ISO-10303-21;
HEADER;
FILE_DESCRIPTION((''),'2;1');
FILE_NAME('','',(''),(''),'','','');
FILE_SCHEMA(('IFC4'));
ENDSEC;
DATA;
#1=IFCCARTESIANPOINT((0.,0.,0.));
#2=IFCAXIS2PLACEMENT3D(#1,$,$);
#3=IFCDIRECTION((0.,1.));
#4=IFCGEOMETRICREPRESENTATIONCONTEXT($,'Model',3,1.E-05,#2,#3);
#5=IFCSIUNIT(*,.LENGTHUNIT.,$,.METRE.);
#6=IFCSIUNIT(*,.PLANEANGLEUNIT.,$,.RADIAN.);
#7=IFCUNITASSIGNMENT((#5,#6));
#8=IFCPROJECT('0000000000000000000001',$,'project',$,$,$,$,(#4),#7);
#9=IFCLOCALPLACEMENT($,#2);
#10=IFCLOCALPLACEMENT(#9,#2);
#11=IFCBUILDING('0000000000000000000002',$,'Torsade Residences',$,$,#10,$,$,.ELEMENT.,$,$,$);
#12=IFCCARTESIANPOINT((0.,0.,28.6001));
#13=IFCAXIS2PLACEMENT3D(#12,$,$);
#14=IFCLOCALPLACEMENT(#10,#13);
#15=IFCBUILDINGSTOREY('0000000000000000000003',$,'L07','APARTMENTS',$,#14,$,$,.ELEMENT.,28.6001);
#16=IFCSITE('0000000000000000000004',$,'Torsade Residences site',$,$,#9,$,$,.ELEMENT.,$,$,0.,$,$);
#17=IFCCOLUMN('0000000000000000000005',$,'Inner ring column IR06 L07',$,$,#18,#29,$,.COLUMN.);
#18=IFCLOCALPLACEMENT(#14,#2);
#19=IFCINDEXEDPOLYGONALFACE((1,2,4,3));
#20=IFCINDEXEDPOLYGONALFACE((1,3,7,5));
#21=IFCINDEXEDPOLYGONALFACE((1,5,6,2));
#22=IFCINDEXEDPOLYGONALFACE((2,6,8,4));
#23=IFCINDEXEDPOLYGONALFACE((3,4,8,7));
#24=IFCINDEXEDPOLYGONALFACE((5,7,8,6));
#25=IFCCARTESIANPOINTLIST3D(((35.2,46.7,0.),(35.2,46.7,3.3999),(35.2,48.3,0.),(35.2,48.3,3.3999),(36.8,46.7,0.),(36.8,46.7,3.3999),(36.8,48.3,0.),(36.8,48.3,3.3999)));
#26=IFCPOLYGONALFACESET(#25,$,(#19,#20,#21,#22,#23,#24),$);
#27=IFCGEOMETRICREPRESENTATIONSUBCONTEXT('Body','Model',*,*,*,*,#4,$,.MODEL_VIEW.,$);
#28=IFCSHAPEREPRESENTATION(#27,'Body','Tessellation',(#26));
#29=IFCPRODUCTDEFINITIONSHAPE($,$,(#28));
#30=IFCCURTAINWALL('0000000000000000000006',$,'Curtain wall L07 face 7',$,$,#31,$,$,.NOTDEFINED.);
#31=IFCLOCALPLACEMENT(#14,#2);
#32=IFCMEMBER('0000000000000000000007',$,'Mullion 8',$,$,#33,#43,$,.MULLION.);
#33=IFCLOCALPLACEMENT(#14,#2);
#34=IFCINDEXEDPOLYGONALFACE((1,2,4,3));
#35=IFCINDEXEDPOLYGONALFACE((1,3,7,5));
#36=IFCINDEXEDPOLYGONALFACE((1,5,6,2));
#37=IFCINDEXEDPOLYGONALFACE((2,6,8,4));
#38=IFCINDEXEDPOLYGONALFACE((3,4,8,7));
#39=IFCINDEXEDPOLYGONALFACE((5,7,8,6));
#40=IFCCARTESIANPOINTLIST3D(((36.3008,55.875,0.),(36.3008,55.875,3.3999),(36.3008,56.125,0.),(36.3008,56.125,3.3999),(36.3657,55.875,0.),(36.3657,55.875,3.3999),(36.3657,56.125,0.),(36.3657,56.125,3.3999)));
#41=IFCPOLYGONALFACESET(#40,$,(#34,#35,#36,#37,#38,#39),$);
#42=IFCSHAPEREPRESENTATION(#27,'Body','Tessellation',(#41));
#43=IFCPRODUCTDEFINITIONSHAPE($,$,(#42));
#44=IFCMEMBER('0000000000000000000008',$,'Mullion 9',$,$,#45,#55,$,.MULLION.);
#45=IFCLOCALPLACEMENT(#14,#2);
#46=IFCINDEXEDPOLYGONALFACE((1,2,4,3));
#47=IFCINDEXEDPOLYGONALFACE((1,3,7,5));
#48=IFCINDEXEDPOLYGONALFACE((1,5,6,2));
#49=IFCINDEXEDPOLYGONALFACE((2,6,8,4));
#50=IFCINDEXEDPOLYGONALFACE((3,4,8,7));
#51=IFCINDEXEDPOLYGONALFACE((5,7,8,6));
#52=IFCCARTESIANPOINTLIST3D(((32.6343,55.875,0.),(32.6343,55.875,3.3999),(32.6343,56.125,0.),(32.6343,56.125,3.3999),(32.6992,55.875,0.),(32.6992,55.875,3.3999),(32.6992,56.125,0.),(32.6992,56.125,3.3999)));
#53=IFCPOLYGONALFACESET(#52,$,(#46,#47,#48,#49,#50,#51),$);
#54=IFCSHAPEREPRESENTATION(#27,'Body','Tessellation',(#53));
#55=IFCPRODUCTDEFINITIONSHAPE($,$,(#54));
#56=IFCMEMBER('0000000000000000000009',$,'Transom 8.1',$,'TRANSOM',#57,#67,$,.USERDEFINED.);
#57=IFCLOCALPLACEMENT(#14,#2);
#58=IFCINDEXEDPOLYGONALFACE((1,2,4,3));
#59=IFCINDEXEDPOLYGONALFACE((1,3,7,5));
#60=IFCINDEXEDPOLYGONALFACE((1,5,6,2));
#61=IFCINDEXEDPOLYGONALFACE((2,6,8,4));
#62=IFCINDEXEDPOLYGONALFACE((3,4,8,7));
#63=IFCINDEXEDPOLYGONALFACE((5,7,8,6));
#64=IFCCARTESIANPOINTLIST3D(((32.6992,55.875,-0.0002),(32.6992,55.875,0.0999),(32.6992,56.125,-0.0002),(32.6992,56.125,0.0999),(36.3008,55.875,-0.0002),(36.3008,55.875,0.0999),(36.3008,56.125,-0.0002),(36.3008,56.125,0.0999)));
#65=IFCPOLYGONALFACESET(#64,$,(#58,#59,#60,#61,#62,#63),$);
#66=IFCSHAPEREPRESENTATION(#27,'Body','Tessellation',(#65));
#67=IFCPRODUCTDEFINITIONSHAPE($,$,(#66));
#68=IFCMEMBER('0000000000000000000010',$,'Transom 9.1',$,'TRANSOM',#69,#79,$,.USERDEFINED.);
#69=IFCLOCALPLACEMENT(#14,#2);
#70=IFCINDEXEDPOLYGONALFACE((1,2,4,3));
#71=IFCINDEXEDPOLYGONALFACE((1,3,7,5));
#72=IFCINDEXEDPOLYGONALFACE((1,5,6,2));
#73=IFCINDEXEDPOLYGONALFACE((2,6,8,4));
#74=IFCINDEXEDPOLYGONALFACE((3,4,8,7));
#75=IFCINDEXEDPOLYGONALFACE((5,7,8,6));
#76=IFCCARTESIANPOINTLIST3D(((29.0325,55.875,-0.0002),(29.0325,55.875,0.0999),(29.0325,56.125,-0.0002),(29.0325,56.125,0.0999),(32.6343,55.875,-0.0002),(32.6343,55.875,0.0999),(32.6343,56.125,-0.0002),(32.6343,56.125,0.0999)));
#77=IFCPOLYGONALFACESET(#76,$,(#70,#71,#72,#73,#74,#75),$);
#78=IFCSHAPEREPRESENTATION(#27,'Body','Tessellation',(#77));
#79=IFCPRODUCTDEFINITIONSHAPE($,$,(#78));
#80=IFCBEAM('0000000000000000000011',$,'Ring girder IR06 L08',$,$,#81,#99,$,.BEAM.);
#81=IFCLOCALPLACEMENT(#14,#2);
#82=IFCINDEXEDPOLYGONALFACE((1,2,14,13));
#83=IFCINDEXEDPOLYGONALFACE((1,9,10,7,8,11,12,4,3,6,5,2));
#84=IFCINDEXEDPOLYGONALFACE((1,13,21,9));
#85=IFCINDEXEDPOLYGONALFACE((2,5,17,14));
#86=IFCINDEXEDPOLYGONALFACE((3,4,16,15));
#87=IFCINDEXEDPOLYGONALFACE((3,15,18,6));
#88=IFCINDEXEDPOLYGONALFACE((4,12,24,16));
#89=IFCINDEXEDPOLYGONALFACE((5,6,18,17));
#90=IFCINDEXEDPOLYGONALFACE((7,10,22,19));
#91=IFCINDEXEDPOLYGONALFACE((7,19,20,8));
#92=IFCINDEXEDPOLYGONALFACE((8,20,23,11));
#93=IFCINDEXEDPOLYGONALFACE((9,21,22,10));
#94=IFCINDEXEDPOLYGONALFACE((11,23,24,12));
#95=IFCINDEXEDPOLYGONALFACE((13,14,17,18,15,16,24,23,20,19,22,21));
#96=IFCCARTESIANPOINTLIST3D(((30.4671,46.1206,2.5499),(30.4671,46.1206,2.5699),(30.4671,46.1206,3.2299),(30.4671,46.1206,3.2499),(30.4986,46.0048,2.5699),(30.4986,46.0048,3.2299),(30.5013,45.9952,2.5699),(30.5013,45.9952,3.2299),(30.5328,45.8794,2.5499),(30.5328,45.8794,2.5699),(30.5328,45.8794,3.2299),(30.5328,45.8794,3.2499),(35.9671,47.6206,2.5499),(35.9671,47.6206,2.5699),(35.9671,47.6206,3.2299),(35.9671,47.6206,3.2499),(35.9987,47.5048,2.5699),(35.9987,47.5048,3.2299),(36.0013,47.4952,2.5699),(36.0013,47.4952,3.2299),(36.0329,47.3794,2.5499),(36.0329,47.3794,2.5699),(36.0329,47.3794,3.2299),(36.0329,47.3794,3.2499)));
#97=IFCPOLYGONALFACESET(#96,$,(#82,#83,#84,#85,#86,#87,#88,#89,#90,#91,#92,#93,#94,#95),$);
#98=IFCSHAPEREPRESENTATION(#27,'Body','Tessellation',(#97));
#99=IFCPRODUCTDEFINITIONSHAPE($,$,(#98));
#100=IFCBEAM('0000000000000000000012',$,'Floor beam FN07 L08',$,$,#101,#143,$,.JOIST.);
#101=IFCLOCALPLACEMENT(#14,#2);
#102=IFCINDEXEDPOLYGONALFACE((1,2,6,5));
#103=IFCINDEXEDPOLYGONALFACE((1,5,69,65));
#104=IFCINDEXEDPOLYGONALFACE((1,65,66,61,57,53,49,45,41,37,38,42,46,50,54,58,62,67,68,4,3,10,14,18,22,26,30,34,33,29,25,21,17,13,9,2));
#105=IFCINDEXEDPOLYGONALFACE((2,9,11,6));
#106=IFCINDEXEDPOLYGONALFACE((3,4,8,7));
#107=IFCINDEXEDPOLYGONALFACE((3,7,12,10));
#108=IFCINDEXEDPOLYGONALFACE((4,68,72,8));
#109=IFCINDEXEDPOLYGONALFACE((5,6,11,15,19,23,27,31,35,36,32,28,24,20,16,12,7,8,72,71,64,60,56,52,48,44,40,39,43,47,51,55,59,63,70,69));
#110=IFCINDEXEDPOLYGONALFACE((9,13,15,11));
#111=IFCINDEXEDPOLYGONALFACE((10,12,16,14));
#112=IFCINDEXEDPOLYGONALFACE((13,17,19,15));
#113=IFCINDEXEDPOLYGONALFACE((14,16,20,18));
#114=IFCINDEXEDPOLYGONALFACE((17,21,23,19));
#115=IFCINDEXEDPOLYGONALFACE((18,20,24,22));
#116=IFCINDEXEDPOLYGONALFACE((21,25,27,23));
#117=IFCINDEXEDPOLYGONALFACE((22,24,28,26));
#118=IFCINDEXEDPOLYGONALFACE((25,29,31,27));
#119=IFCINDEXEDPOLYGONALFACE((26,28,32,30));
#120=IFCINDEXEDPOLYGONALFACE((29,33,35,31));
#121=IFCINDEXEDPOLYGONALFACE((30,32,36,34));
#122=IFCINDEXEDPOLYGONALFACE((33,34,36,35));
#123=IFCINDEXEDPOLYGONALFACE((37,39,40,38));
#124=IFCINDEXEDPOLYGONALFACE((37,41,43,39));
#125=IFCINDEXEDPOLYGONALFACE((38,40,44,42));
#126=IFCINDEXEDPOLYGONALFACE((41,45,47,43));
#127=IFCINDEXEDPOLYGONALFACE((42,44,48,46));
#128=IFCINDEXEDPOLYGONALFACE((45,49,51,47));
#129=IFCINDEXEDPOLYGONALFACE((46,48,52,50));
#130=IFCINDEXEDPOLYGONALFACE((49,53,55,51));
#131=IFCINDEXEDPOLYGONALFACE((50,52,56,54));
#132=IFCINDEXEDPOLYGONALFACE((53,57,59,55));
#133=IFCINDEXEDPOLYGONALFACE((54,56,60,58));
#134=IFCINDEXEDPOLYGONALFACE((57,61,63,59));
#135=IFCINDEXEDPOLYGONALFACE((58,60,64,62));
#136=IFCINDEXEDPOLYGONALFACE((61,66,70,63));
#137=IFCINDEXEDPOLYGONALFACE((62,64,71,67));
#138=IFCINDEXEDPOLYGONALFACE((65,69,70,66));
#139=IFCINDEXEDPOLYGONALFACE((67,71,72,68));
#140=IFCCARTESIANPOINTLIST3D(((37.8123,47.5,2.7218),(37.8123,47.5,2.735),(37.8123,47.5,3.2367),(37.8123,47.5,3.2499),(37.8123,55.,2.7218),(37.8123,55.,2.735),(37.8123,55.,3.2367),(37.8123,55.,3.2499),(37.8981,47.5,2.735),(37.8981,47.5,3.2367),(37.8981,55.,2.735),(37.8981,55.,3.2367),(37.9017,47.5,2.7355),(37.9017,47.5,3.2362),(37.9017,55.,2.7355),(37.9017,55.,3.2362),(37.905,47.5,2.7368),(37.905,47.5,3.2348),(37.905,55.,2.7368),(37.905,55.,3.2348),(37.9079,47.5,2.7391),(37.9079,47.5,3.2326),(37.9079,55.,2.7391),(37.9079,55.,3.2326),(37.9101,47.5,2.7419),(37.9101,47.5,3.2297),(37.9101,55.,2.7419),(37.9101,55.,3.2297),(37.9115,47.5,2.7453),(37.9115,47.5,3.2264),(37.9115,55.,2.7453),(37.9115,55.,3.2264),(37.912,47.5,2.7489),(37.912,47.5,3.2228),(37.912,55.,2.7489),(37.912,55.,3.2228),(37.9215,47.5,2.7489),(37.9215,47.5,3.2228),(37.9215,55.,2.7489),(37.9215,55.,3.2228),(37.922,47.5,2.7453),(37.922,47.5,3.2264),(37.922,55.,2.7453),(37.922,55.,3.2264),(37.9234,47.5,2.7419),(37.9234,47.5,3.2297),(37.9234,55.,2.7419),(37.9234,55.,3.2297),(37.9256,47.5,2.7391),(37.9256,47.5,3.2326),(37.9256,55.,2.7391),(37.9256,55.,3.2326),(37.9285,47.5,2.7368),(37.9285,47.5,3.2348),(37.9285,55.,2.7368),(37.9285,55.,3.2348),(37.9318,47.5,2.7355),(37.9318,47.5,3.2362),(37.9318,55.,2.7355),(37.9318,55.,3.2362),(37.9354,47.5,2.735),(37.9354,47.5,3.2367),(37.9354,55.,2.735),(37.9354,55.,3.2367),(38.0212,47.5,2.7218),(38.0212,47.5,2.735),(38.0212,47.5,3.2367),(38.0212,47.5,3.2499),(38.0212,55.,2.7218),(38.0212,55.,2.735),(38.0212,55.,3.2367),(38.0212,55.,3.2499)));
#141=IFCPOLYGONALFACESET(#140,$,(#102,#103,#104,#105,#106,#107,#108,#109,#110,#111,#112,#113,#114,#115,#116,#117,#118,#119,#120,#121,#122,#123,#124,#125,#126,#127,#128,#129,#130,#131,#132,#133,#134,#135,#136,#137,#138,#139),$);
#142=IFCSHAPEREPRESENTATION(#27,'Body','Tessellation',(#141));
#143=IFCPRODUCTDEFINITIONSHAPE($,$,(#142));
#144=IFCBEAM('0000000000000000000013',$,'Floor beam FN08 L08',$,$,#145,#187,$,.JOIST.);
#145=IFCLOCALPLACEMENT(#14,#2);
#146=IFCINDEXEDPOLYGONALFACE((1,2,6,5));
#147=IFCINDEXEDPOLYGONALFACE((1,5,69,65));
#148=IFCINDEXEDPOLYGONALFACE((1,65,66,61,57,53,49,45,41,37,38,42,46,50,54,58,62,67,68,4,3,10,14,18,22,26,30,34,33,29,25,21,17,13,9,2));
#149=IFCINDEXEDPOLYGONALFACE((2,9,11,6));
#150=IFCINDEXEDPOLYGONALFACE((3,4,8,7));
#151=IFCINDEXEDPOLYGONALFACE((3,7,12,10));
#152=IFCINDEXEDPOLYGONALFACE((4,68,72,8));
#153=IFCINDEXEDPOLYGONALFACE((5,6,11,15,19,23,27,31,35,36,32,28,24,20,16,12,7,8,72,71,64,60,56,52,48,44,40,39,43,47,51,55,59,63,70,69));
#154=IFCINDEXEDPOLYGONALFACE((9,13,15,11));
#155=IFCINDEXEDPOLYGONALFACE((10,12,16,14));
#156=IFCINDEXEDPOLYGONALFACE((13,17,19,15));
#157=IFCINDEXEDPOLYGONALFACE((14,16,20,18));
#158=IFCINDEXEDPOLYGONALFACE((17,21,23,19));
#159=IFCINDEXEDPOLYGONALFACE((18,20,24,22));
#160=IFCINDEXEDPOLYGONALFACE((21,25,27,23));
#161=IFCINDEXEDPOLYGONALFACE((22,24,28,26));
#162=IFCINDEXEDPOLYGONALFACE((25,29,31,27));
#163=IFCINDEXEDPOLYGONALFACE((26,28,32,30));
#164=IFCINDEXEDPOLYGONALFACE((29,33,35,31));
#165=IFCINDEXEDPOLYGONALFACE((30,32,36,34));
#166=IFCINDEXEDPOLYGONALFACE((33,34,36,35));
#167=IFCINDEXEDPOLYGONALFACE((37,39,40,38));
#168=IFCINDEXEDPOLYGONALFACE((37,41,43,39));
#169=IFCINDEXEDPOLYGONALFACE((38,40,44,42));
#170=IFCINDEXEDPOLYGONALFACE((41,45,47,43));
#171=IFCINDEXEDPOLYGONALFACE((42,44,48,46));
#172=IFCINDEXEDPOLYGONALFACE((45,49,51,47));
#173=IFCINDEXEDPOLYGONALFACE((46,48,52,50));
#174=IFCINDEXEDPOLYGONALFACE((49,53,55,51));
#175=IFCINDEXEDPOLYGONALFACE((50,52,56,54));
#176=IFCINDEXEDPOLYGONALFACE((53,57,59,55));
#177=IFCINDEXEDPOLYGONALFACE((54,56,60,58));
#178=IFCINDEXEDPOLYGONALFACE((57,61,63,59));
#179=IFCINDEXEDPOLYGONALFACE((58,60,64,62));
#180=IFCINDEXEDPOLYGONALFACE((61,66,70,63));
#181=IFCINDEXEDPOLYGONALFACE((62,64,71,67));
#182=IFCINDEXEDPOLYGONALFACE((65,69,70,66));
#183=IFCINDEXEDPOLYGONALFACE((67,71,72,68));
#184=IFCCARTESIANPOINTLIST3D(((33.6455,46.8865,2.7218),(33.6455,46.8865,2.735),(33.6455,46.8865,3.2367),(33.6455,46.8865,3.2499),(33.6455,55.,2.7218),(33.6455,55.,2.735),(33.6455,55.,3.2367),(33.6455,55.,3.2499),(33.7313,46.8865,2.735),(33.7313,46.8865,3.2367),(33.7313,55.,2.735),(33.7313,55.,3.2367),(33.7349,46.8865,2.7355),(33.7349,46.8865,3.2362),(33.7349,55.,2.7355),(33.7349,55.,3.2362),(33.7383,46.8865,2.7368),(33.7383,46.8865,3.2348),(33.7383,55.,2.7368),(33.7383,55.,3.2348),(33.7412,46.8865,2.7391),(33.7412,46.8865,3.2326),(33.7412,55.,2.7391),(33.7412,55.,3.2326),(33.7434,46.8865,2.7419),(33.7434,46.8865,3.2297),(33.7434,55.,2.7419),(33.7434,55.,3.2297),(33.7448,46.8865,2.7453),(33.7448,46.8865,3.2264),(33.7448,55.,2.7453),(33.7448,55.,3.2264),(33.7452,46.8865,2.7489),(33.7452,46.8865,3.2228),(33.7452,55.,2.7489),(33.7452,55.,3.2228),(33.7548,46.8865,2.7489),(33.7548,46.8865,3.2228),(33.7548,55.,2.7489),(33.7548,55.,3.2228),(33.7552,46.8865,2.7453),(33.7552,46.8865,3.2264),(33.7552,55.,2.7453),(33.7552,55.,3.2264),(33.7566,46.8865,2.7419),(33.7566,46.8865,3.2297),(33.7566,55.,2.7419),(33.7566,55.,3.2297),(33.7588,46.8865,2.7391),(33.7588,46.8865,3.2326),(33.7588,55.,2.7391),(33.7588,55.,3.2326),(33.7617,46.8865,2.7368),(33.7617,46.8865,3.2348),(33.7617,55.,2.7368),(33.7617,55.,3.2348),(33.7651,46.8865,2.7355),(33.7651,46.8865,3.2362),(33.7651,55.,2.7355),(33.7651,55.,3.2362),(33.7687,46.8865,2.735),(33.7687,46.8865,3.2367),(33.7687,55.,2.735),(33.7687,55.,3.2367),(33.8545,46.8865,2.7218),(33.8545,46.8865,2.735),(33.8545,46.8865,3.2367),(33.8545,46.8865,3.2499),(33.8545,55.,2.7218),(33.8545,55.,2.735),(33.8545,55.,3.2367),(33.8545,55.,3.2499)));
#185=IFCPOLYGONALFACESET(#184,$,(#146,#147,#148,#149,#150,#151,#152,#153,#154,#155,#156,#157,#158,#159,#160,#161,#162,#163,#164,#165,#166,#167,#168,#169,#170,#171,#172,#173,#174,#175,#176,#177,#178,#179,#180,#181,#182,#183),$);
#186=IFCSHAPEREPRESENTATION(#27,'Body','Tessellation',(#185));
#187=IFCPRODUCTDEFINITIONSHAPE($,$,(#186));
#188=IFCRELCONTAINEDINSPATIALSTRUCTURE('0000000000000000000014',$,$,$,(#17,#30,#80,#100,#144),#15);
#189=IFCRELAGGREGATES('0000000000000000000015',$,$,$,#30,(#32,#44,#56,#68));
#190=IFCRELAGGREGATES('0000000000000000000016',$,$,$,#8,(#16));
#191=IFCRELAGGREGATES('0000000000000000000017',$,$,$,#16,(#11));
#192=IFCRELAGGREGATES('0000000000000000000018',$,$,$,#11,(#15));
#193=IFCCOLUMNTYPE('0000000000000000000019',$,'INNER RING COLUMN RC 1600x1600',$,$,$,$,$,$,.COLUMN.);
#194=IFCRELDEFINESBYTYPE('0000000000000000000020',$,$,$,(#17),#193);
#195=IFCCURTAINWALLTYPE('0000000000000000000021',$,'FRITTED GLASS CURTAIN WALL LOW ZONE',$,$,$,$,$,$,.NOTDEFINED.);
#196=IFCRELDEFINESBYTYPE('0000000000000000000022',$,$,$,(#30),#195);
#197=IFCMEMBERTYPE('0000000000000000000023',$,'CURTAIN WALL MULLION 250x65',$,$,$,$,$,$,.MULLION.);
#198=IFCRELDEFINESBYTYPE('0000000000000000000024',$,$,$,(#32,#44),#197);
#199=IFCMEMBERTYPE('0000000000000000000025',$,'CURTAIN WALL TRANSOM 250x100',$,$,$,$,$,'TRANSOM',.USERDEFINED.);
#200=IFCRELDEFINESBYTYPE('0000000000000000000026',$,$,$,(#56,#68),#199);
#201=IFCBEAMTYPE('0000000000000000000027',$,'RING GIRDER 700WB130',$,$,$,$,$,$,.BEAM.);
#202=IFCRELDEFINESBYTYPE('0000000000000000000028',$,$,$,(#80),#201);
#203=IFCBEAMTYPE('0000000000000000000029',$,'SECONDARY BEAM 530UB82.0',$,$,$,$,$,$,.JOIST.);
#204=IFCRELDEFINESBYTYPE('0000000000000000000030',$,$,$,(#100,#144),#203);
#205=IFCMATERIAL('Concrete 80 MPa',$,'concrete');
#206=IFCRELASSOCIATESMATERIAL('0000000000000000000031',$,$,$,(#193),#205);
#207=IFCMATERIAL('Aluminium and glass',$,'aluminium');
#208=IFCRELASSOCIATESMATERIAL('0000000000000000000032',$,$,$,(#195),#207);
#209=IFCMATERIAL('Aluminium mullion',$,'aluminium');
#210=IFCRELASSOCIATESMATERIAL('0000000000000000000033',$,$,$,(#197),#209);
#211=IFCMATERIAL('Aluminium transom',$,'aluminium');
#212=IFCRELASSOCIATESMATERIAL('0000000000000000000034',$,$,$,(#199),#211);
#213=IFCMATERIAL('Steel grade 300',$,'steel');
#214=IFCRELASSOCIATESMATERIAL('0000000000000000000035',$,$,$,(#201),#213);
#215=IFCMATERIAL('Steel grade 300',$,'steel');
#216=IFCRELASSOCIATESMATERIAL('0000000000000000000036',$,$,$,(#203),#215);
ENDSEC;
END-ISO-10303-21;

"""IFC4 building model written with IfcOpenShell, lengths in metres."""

from ifc_helpers import new_model, si_unit, direction, frame, origin, origin_2d, place, context, subcontext, project, spatial, rectangle, i_section, extrude, material, material_profile, profile_set, type_object, element, aggregate, save


model = new_model("IFC4")

# Units and contexts
model_context = context("Model", 3, precision=1e-05, world=origin(), true_north=direction((0.0, 1.0)))
body_context = subcontext(model_context, "Body", "Model", "MODEL_VIEW")
ifc_project = project(units=[si_unit("LENGTHUNIT", "METRE"), si_unit("PLANEANGLEUNIT", "RADIAN")], contexts=[model_context])

# Site, building, storey
site_placement = place(None, origin())
site = spatial("IfcSite", under=ifc_project, at=site_placement, Name="Torsade Residences site", CompositionType="ELEMENT", RefElevation=0.0)
building_placement = place(site_placement, origin())
building = spatial("IfcBuilding", under=site, at=building_placement, Name="Torsade Residences", CompositionType="ELEMENT")
storey_placement = place(building_placement, frame((0.0, 0.0, 28.6001)))
storey = spatial("IfcBuildingStorey", under=building, at=storey_placement, Name="L07", Description="APARTMENTS", CompositionType="ELEMENT", Elevation=28.6001)

# Column
ifc_material_1 = material(Name="Concrete 80 MPa", Category="concrete")
ifc_material_profile_1 = material_profile(ifc_material_1, rectangle(XDim=1.6001, YDim=1.6001, at=origin_2d()), Name="RC 1600x1600")
ifc_profile_set_1 = profile_set([ifc_material_profile_1], Name="Concrete 80 MPa")
column_type = type_object("IfcColumnType", Name="INNER RING COLUMN RC 1600x1600", PredefinedType="COLUMN", material=ifc_profile_set_1)
column_placement = place(storey_placement, frame((36.0, 47.5, 0.0), z_axis=(0.0, 0.0, 1.0), x_axis=(1.0, 0.0, 0.0)))
element("IfcColumn", 1, at=column_placement, inside=storey, type_object=column_type, Name="Inner ring column IR06 L07", PredefinedType="COLUMN", context=body_context, shape_type="SweptSolid", body=[
    extrude(rectangle(XDim=1.6001, YDim=1.6001, at=origin_2d()), origin(), (0.0, 0.0, 1.0), 3.3999),
])

# Curtain wall, members
ifc_material_2 = material(Name="Aluminium and glass", Category="aluminium")
curtain_wall_type = type_object("IfcCurtainWallType", Name="FRITTED GLASS CURTAIN WALL LOW ZONE", PredefinedType="NOTDEFINED", material=ifc_material_2)
curtain_wall_placement = place(storey_placement, origin())
curtain_wall = element("IfcCurtainWall", 2, at=curtain_wall_placement, inside=storey, type_object=curtain_wall_type, Name="Curtain wall L07 face 7", PredefinedType="NOTDEFINED")
ifc_material_3 = material(Name="Aluminium mullion", Category="aluminium")
ifc_material_profile_2 = material_profile(ifc_material_3, rectangle(XDim=0.25, YDim=0.0649, at=origin_2d()), Name="CURTAIN WALL MULLION 250x65")
ifc_profile_set_2 = profile_set([ifc_material_profile_2], Name="Aluminium mullion")
member_type_1 = type_object("IfcMemberType", Name="CURTAIN WALL MULLION 250x65", PredefinedType="MULLION", material=ifc_profile_set_2)
member_1_placement = place(storey_placement, frame((36.3333, 56.0, 0.0), z_axis=(0.0, 0.0, 1.0), x_axis=(0.0, -1.0, 0.0)))
member_1 = element("IfcMember", 3, at=member_1_placement, type_object=member_type_1, Name="Mullion 8", PredefinedType="MULLION", context=body_context, shape_type="SweptSolid", body=[
    extrude(rectangle(XDim=0.25, YDim=0.0649, at=origin_2d()), origin(), (0.0, 0.0, 1.0), 3.3999),
])
member_2_placement = place(storey_placement, frame((32.6667, 56.0, 0.0), z_axis=(0.0, 0.0, 1.0), x_axis=(0.0, -1.0, 0.0)))
member_2 = element("IfcMember", 4, at=member_2_placement, type_object=member_type_1, Name="Mullion 9", PredefinedType="MULLION", context=body_context, shape_type="SweptSolid", body=[
    extrude(rectangle(XDim=0.25, YDim=0.0649, at=origin_2d()), origin(), (0.0, 0.0, 1.0), 3.3999),
])
ifc_material_4 = material(Name="Aluminium transom", Category="aluminium")
ifc_material_profile_3 = material_profile(ifc_material_4, rectangle(XDim=0.25, YDim=0.1001, at=origin_2d()), Name="CURTAIN WALL TRANSOM 250x100")
ifc_profile_set_3 = profile_set([ifc_material_profile_3], Name="Aluminium transom")
member_type_2 = type_object("IfcMemberType", Name="CURTAIN WALL TRANSOM 250x100", ElementType="TRANSOM", PredefinedType="USERDEFINED", material=ifc_profile_set_3)
member_3_placement = place(storey_placement, frame((36.3008, 56.0, 0.0498), z_axis=(-1.0, 0.0, 0.0), x_axis=(0.0, -1.0, 0.0)))
member_3 = element("IfcMember", 5, at=member_3_placement, type_object=member_type_2, Name="Transom 8.1", ObjectType="TRANSOM", PredefinedType="USERDEFINED", context=body_context, shape_type="SweptSolid", body=[
    extrude(rectangle(XDim=0.25, YDim=0.1001, at=origin_2d()), origin(), (0.0, 0.0, 1.0), 3.6016),
])
member_4_placement = place(storey_placement, frame((32.6343, 56.0, 0.0498), z_axis=(-1.0, 0.0, 0.0), x_axis=(0.0, -1.0, 0.0)))
member_4 = element("IfcMember", 6, at=member_4_placement, type_object=member_type_2, Name="Transom 9.1", ObjectType="TRANSOM", PredefinedType="USERDEFINED", context=body_context, shape_type="SweptSolid", body=[
    extrude(rectangle(XDim=0.25, YDim=0.1001, at=origin_2d()), origin(), (0.0, 0.0, 1.0), 3.6018),
])

# Beams
ifc_material_5 = material(Name="Steel grade 300", Category="steel")
ifc_material_profile_4 = material_profile(ifc_material_5, i_section(OverallWidth=0.25, OverallDepth=0.7, WebThickness=0.01, FlangeThickness=0.02, at=origin_2d()), Name="700WB130")
ifc_profile_set_4 = profile_set([ifc_material_profile_4], Name="Steel grade 300")
beam_type_1 = type_object("IfcBeamType", Name="RING GIRDER 700WB130", PredefinedType="BEAM", material=ifc_profile_set_4)
beam_1_placement = place(storey_placement, frame((36.0, 47.5, 2.8999), z_axis=(-0.964764, -0.263117, 0.0), x_axis=(0.263117, -0.964764, 0.0)))
element("IfcBeam", 7, at=beam_1_placement, inside=storey, type_object=beam_type_1, Name="Ring girder IR06 L08", PredefinedType="BEAM", context=body_context, shape_type="SweptSolid", body=[
    extrude(i_section(OverallWidth=0.25, OverallDepth=0.7, WebThickness=0.01, FlangeThickness=0.02, at=origin_2d()), origin(), (0.0, 0.0, 1.0), 5.7009),
])
ifc_material_6 = material(Name="Steel grade 300", Category="steel")
ifc_material_profile_5 = material_profile(ifc_material_6, i_section(OverallWidth=0.209, OverallDepth=0.5281, WebThickness=0.0095, FlangeThickness=0.0132, FilletRadius=0.0139, at=origin_2d()), Name="530UB82.0")
ifc_profile_set_5 = profile_set([ifc_material_profile_5], Name="Steel grade 300")
beam_type_2 = type_object("IfcBeamType", Name="SECONDARY BEAM 530UB82.0", PredefinedType="JOIST", material=ifc_profile_set_5)
beam_2_placement = place(storey_placement, frame((37.9167, 55.0, 2.9858), z_axis=(0.0, -1.0, 0.0), x_axis=(1.0, 0.0, 0.0)))
element("IfcBeam", 8, at=beam_2_placement, inside=storey, type_object=beam_type_2, Name="Floor beam FN07 L08", PredefinedType="JOIST", context=body_context, shape_type="SweptSolid", body=[
    extrude(i_section(OverallWidth=0.209, OverallDepth=0.5281, WebThickness=0.0095, FlangeThickness=0.0132, FilletRadius=0.0139, at=origin_2d()), origin(), (0.0, 0.0, 1.0), 7.5),
])
beam_3_placement = place(storey_placement, frame((33.75, 55.0, 2.9858), z_axis=(0.0, -1.0, 0.0), x_axis=(1.0, 0.0, 0.0)))
element("IfcBeam", 9, at=beam_3_placement, inside=storey, type_object=beam_type_2, Name="Floor beam FN08 L08", PredefinedType="JOIST", context=body_context, shape_type="SweptSolid", body=[
    extrude(i_section(OverallWidth=0.209, OverallDepth=0.5281, WebThickness=0.0095, FlangeThickness=0.0132, FilletRadius=0.0139, at=origin_2d()), origin(), (0.0, 0.0, 1.0), 8.1135),
])

aggregate(curtain_wall, [member_1, member_2, member_3, member_4])

save(model, "model.ifc")
